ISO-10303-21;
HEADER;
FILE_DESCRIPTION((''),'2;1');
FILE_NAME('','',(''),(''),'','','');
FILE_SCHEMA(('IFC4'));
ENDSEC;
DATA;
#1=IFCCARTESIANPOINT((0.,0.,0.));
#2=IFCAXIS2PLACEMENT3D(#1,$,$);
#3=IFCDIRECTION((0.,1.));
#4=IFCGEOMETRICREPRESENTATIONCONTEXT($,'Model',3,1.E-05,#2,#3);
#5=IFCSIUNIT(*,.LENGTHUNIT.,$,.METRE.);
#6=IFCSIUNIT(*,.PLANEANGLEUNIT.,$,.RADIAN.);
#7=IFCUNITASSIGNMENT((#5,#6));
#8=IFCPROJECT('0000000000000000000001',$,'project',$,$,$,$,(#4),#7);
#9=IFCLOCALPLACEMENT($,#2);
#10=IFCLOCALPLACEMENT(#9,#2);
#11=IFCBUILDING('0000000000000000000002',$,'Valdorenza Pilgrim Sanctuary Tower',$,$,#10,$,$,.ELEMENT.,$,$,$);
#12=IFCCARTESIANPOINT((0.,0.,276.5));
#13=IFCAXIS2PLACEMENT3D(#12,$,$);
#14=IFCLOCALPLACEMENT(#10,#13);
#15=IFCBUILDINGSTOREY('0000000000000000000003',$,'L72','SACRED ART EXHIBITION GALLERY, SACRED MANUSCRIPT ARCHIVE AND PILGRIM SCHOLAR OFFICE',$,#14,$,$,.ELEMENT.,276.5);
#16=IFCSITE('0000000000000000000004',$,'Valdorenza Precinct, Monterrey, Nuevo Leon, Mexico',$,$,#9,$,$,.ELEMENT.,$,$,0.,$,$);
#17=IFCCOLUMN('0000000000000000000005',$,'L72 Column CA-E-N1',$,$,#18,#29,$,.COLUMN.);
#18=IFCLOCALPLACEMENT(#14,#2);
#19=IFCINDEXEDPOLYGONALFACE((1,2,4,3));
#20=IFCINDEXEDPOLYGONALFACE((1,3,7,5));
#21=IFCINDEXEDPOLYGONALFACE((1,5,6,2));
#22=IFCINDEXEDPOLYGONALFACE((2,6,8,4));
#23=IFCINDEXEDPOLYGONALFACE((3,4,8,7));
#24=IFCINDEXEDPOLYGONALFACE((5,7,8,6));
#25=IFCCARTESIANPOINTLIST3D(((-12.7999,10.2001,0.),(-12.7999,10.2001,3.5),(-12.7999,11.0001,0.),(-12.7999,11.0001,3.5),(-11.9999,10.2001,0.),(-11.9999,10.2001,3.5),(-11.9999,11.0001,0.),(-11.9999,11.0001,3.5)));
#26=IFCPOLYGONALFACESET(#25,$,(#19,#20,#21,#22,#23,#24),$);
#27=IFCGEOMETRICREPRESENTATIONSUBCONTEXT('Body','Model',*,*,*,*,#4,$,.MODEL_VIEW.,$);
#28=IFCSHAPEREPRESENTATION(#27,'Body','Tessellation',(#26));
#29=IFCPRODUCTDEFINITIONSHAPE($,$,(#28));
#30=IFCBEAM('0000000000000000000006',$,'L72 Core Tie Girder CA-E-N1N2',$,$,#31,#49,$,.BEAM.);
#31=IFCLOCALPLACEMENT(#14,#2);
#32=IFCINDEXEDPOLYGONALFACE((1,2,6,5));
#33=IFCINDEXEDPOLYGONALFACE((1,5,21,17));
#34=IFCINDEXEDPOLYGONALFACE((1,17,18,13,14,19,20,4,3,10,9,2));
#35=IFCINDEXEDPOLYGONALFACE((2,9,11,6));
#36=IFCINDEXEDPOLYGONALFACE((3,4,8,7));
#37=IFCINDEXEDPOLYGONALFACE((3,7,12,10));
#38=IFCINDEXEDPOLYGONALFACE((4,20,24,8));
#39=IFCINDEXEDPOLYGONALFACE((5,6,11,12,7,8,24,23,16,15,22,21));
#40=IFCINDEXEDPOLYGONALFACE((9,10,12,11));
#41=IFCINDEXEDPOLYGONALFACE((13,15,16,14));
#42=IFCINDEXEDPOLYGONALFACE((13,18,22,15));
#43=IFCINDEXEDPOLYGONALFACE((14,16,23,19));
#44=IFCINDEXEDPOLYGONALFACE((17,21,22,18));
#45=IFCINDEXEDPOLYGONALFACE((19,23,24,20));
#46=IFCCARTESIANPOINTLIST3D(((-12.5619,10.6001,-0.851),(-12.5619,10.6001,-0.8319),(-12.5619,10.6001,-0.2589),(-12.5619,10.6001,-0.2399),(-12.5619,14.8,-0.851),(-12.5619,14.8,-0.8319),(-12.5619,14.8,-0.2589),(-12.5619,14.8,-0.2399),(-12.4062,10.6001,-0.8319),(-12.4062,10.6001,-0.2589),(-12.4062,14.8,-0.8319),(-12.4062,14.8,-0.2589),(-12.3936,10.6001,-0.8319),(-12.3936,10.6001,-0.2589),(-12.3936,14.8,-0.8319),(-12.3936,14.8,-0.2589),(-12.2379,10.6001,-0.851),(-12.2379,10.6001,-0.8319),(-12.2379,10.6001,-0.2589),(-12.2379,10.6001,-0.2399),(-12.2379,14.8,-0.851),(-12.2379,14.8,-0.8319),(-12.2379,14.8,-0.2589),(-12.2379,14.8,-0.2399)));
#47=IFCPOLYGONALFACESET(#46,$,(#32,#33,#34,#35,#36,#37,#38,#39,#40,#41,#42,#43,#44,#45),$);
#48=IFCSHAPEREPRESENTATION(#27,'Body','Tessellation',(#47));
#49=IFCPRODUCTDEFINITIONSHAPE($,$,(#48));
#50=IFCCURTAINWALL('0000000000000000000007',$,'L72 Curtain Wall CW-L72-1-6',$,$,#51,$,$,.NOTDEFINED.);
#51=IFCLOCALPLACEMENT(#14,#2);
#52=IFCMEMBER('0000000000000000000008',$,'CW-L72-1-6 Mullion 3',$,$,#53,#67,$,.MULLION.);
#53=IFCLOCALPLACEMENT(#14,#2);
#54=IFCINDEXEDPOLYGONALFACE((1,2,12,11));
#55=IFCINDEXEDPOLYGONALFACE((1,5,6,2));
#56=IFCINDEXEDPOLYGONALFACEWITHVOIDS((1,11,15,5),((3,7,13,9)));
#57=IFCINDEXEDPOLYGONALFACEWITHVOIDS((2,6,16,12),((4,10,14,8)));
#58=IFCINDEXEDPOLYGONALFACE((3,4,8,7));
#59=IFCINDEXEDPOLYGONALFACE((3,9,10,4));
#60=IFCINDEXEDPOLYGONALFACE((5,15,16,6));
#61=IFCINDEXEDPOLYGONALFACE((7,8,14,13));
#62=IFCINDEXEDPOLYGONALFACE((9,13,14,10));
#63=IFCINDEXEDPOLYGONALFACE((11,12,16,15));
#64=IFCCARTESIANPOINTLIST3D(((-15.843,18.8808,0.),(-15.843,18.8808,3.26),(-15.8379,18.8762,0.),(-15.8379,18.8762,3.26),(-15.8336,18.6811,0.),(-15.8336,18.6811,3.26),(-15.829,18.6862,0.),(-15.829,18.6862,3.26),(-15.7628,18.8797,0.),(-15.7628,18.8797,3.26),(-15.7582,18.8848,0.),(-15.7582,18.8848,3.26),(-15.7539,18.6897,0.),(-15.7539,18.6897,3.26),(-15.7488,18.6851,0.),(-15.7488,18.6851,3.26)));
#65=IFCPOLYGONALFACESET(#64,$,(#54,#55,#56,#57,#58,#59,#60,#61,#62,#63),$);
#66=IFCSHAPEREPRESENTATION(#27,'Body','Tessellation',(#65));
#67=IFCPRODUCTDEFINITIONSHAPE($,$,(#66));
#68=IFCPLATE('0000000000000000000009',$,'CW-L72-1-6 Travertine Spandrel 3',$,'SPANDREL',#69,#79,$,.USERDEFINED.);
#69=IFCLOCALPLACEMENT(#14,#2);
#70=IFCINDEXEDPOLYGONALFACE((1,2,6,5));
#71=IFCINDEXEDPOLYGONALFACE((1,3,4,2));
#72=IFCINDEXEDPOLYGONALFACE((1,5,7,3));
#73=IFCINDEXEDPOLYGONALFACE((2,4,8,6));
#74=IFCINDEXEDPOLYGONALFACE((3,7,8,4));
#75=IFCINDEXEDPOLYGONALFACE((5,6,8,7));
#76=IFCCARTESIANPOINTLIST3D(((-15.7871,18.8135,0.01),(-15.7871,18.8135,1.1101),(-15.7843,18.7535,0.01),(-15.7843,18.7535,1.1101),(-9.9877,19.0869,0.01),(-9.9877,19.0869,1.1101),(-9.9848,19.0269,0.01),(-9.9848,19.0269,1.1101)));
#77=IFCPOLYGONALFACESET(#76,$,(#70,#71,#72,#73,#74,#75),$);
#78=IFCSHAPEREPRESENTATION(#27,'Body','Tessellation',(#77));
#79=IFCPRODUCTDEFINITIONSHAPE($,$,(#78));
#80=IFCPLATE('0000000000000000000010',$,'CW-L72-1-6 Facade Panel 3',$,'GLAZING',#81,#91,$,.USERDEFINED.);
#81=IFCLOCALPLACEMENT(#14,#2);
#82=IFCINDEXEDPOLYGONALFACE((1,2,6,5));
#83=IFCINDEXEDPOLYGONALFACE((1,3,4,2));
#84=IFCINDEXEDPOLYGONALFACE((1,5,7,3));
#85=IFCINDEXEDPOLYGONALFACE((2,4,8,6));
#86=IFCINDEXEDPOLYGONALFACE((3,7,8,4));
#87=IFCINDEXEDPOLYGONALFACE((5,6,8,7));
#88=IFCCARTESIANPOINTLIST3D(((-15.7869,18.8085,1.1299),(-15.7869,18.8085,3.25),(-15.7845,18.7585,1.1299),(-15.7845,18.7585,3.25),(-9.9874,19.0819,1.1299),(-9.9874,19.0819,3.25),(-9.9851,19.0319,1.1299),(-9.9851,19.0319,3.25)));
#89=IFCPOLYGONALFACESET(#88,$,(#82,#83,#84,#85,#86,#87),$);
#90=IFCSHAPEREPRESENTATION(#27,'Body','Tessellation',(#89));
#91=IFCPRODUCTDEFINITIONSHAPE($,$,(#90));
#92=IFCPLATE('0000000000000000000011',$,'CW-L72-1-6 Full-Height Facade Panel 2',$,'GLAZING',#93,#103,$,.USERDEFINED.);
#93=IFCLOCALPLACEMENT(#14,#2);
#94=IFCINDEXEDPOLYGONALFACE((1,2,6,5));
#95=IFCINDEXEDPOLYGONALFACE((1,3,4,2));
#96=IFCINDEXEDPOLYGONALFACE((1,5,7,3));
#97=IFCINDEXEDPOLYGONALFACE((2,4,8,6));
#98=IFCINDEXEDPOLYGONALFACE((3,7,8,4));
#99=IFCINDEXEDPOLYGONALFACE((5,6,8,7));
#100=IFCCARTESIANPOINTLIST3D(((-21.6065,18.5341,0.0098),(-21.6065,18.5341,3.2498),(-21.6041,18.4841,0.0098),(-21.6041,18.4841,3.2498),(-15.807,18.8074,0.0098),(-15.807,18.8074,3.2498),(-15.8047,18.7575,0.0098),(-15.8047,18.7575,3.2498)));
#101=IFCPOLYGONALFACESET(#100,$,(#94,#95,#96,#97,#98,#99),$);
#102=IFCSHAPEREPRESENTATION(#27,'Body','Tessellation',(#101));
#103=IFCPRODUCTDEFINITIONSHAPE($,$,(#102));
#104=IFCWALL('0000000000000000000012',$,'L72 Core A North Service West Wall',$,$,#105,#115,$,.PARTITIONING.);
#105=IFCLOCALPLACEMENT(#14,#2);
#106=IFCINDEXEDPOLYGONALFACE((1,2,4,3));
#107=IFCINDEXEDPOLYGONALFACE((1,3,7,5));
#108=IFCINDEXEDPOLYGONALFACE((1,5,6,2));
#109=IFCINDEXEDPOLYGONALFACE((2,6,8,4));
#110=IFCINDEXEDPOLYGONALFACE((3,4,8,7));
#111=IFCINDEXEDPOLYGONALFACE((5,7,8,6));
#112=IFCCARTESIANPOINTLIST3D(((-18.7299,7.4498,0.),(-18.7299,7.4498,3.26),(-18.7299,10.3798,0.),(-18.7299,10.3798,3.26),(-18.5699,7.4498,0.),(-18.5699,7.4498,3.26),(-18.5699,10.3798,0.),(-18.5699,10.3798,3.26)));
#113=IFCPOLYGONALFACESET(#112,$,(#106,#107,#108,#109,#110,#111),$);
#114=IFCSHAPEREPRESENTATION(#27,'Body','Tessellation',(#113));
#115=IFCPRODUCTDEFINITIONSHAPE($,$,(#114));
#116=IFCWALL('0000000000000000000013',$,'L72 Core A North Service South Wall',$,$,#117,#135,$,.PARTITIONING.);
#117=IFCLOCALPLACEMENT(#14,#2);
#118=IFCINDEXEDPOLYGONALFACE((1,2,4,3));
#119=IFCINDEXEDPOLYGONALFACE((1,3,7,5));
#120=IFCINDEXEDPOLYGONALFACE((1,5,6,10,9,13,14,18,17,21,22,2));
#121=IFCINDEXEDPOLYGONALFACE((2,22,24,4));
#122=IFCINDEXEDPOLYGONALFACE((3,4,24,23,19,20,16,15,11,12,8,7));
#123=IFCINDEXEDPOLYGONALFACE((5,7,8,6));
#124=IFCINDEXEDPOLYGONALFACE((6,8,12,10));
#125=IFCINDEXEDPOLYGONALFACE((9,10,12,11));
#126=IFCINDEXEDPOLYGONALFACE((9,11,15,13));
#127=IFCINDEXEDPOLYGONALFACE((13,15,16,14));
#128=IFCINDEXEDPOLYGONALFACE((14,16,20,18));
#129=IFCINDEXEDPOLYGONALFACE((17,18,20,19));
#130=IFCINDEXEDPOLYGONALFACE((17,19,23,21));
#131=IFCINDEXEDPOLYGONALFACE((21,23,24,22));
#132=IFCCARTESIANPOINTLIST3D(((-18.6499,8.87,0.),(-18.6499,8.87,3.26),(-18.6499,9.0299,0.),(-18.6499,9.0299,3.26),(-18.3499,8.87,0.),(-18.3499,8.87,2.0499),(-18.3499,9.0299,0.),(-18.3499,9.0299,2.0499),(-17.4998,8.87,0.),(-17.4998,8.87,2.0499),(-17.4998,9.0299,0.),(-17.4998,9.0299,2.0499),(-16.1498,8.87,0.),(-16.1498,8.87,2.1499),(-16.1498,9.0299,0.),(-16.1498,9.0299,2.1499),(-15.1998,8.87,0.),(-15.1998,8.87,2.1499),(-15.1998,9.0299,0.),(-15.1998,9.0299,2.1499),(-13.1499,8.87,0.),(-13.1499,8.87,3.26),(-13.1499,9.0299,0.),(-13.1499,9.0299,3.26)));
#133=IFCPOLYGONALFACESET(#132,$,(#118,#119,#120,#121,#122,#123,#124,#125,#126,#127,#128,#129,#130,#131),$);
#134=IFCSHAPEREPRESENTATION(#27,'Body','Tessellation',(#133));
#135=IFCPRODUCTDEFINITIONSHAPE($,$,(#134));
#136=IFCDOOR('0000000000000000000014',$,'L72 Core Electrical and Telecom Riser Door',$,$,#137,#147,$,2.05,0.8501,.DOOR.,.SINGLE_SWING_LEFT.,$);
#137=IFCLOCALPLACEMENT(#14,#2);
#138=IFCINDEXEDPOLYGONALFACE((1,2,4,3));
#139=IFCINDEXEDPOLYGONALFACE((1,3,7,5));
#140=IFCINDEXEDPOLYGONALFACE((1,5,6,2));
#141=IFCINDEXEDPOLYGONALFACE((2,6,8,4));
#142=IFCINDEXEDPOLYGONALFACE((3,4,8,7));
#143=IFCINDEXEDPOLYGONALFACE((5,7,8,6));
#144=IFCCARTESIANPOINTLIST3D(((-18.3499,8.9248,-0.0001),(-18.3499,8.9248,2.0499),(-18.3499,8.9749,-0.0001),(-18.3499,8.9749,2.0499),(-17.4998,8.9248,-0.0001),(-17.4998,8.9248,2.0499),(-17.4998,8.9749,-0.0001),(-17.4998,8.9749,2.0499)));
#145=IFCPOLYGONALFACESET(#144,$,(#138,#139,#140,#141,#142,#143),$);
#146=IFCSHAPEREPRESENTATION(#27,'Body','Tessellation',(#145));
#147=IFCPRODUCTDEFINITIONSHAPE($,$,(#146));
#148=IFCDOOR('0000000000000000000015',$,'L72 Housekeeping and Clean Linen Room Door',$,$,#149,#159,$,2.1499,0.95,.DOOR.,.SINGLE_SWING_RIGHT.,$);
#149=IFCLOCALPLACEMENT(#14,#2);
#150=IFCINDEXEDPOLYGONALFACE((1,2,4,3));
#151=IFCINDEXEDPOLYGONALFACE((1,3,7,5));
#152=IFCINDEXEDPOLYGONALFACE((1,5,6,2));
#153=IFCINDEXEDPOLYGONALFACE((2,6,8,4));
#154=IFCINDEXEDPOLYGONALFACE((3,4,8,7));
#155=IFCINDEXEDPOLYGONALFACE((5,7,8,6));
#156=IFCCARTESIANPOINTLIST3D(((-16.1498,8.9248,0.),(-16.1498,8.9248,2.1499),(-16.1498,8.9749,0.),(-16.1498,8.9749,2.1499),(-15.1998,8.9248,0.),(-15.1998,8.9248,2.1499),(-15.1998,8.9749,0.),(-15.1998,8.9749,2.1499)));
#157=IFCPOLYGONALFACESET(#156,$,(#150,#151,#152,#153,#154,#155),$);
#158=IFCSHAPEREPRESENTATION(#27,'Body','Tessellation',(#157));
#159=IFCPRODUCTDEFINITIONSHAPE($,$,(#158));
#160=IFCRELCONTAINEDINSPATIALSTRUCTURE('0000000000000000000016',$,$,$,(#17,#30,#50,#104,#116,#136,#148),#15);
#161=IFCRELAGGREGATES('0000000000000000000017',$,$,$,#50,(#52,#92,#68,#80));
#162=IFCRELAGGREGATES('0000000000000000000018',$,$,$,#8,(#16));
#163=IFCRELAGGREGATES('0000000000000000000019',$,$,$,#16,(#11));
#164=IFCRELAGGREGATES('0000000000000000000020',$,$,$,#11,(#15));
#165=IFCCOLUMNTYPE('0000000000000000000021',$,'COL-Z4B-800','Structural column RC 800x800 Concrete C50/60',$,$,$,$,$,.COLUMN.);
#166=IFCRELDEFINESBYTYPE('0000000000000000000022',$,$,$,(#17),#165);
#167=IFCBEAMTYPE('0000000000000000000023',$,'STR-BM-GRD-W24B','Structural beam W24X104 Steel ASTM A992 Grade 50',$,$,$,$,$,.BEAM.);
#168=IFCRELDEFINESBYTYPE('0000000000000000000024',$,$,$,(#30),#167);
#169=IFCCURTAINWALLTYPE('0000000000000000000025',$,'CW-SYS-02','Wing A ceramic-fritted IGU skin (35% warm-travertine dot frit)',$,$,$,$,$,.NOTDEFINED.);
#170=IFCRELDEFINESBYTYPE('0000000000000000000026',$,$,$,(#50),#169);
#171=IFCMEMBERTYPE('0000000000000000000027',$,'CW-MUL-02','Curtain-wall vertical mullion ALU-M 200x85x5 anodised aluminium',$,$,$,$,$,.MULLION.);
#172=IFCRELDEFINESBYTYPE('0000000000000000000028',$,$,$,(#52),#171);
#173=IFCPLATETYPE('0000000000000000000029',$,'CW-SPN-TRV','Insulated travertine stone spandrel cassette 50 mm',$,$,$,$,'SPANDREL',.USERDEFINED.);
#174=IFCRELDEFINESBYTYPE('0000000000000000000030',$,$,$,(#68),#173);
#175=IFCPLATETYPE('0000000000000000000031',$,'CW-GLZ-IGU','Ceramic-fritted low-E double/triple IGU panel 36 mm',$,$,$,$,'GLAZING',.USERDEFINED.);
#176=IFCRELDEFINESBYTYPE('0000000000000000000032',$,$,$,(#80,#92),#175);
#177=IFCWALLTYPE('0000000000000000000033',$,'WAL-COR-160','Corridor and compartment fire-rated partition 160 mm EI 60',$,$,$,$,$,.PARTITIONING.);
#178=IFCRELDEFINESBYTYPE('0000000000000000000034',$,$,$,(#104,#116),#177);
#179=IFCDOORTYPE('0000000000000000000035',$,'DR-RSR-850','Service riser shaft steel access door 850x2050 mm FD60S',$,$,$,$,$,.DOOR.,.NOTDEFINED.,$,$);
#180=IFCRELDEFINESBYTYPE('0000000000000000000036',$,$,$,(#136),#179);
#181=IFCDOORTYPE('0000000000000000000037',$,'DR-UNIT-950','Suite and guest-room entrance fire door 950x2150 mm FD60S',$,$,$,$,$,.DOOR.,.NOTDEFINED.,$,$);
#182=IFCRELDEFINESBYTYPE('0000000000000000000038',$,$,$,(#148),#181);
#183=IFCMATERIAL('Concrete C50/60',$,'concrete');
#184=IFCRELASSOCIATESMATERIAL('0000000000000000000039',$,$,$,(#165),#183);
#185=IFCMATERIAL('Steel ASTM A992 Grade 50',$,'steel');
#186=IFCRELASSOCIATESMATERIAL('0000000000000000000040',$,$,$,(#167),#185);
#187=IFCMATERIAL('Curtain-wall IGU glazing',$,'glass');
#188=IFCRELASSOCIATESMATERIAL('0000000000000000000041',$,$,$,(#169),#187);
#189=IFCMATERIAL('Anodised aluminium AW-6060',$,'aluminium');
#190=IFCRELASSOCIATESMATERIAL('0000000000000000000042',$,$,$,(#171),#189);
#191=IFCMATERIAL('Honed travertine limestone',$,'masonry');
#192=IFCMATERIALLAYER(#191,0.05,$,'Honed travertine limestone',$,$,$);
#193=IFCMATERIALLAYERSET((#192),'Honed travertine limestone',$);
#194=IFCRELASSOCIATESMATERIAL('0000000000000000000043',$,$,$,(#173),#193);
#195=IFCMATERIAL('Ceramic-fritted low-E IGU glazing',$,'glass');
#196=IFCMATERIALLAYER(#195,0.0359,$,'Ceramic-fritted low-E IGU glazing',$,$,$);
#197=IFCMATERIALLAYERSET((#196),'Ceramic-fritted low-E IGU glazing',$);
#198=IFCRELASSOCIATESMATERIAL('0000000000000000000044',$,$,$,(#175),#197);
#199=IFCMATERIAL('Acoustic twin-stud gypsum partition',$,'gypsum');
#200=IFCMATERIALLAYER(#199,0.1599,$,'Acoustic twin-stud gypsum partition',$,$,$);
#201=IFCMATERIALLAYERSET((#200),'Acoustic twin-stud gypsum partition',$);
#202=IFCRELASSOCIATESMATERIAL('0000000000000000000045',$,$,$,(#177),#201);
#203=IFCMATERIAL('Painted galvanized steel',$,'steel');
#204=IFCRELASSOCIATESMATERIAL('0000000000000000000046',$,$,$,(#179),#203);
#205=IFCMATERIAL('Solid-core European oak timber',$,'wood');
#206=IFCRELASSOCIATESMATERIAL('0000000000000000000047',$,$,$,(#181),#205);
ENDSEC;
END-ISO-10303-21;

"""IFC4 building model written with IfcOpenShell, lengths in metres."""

from ifc_helpers import new_model, si_unit, direction, frame, frame_2d, origin, origin_2d, place, context, subcontext, project, spatial, rectangle, hollow_rectangle, i_section, extrude, source, transform, mapped, material, layer, layer_set, material_profile, profile_set, type_object, element, fill, aggregate, save


model = new_model("IFC4")

# Units and contexts
model_context = context("Model", 3, precision=1e-05, world=origin(), true_north=direction((0.0, 1.0)))
body_context = subcontext(model_context, "Body", "Model", "MODEL_VIEW")
ifc_project = project(units=[si_unit("LENGTHUNIT", "METRE"), si_unit("PLANEANGLEUNIT", "RADIAN")], contexts=[model_context])

# Site, building, storey
site_placement = place(None, origin())
site = spatial("IfcSite", under=ifc_project, at=site_placement, Name="Valdorenza Precinct, Monterrey, Nuevo Leon, Mexico", CompositionType="ELEMENT", RefElevation=0.0)
building_placement = place(site_placement, origin())
building = spatial("IfcBuilding", under=site, at=building_placement, Name="Valdorenza Pilgrim Sanctuary Tower", CompositionType="ELEMENT")
storey_placement = place(building_placement, frame((0.0, 0.0, 276.5)))
storey = spatial("IfcBuildingStorey", under=building, at=storey_placement, Name="L72", Description="SACRED ART EXHIBITION GALLERY, SACRED MANUSCRIPT ARCHIVE AND PILGRIM SCHOLAR OFFICE", CompositionType="ELEMENT", Elevation=276.5)

# Column
ifc_material_1 = material(Name="Concrete C50/60", Category="concrete")
ifc_material_profile_1 = material_profile(ifc_material_1, rectangle(XDim=0.8, YDim=0.8, at=origin_2d()), Name="RC 800x800")
ifc_profile_set_1 = profile_set([ifc_material_profile_1], Name="Concrete C50/60")
column_type = type_object("IfcColumnType", Name="COL-Z4B-800", Description="Structural column RC 800x800 Concrete C50/60", PredefinedType="COLUMN", material=ifc_profile_set_1)
shared_shape_1 = source(origin(), body_context, "Body", "SweptSolid", [
    extrude(rectangle(XDim=0.8, YDim=0.8, at=origin_2d()), origin(), (0.0, 0.0, 1.0), 3.5),
])
column_placement = place(storey_placement, frame((-12.3999, 10.6001, 0.0), z_axis=(0.0, 0.0, 1.0), x_axis=(1.0, 0.0, 0.0)))
element("IfcColumn", 1, at=column_placement, inside=storey, type_object=column_type, Name="L72 Column CA-E-N1", PredefinedType="COLUMN", context=body_context, shape_type="MappedRepresentation", body=[
    mapped(shared_shape_1, transform((0.0, 0.0, 0.0), x_axis=(1.0, 0.0, 0.0), y_axis=(0.0, 1.0, 0.0), z_axis=(0.0, 0.0, 1.0), scale=1.0)),
])

# Beam
ifc_material_2 = material(Name="Steel ASTM A992 Grade 50", Category="steel")
ifc_material_profile_2 = material_profile(ifc_material_2, i_section(OverallWidth=0.324, OverallDepth=0.6111, WebThickness=0.0127, FlangeThickness=0.019, at=origin_2d()), Name="W24X104")
ifc_profile_set_2 = profile_set([ifc_material_profile_2], Name="Steel ASTM A992 Grade 50")
beam_type = type_object("IfcBeamType", Name="STR-BM-GRD-W24B", Description="Structural beam W24X104 Steel ASTM A992 Grade 50", PredefinedType="BEAM", material=ifc_profile_set_2)
shared_shape_2 = source(origin(), body_context, "Body", "SweptSolid", [
    extrude(i_section(OverallWidth=0.324, OverallDepth=0.6111, WebThickness=0.0127, FlangeThickness=0.019, at=origin_2d()), origin(), (0.0, 0.0, 1.0), 4.2),
])
beam_placement = place(storey_placement, frame((-12.3999, 10.6001, -0.5454), z_axis=(0.0, 1.0, 0.0), x_axis=(-1.0, 0.0, 0.0)))
element("IfcBeam", 2, at=beam_placement, inside=storey, type_object=beam_type, Name="L72 Core Tie Girder CA-E-N1N2", PredefinedType="BEAM", context=body_context, shape_type="MappedRepresentation", body=[
    mapped(shared_shape_2, transform((0.0, 0.0, 0.0), x_axis=(1.0, 0.0, 0.0), y_axis=(0.0, 1.0, 0.0), z_axis=(0.0, 0.0, 1.0), scale=1.0)),
])

# Curtain wall, member, plates
ifc_material_3 = material(Name="Curtain-wall IGU glazing", Category="glass")
curtain_wall_type = type_object("IfcCurtainWallType", Name="CW-SYS-02", Description="Wing A ceramic-fritted IGU skin (35% warm-travertine dot frit)", PredefinedType="NOTDEFINED", material=ifc_material_3)
curtain_wall_placement = place(storey_placement, origin())
curtain_wall = element("IfcCurtainWall", 3, at=curtain_wall_placement, inside=storey, type_object=curtain_wall_type, Name="L72 Curtain Wall CW-L72-1-6", PredefinedType="NOTDEFINED")
ifc_material_4 = material(Name="Anodised aluminium AW-6060", Category="aluminium")
ifc_material_profile_3 = material_profile(ifc_material_4, hollow_rectangle(XDim=0.085, YDim=0.2, WallThickness=0.0049, at=origin_2d()), Name="ALU-M 200x85x5")
ifc_profile_set_3 = profile_set([ifc_material_profile_3], Name="Anodised aluminium AW-6060")
member_type = type_object("IfcMemberType", Name="CW-MUL-02", Description="Curtain-wall vertical mullion ALU-M 200x85x5 anodised aluminium", PredefinedType="MULLION", material=ifc_profile_set_3)
shared_shape_3 = source(origin(), body_context, "Body", "SweptSolid", [
    extrude(hollow_rectangle(XDim=0.085, YDim=0.2, WallThickness=0.0049, at=origin_2d()), origin(), (0.0, 0.0, 1.0), 3.26),
])
member_placement = place(storey_placement, frame((-15.7959, 18.783, 0.0), z_axis=(0.0, 0.0, 1.0), x_axis=(0.998891, 0.047089, 0.0)))
member = element("IfcMember", 4, at=member_placement, type_object=member_type, Name="CW-L72-1-6 Mullion 3", PredefinedType="MULLION", context=body_context, shape_type="MappedRepresentation", body=[
    mapped(shared_shape_3, transform((0.0, 0.0, 0.0), x_axis=(1.0, 0.0, 0.0), y_axis=(0.0, 1.0, 0.0), z_axis=(0.0, 0.0, 1.0), scale=1.0)),
])
ifc_material_5 = material(Name="Honed travertine limestone", Category="masonry")
ifc_layer_1 = layer(ifc_material_5, 0.05, Name="Honed travertine limestone")
ifc_layer_set_1 = layer_set([ifc_layer_1], Name="Honed travertine limestone")
plate_type_1 = type_object("IfcPlateType", Name="CW-SPN-TRV", Description="Insulated travertine stone spandrel cassette 50 mm", ElementType="SPANDREL", PredefinedType="USERDEFINED", material=ifc_layer_set_1)
shared_shape_4 = source(origin(), body_context, "Body", "SweptSolid", [
    extrude(rectangle(XDim=5.8059, YDim=0.0601, at=origin_2d()), origin(), (0.0, 0.0, 1.0), 1.1001),
])
plate_1_placement = place(storey_placement, frame((-12.886, 18.9202, 0.01), z_axis=(0.0, 0.0, 1.0), x_axis=(0.998891, 0.047089, 0.0)))
plate_1 = element("IfcPlate", 5, at=plate_1_placement, type_object=plate_type_1, Name="CW-L72-1-6 Travertine Spandrel 3", ObjectType="SPANDREL", PredefinedType="USERDEFINED", context=body_context, shape_type="MappedRepresentation", body=[
    mapped(shared_shape_4, transform((0.0, 0.0, 0.0), x_axis=(1.0, 0.0, 0.0), y_axis=(0.0, 1.0, 0.0), z_axis=(0.0, 0.0, 1.0), scale=1.0)),
])
ifc_material_6 = material(Name="Ceramic-fritted low-E IGU glazing", Category="glass")
ifc_layer_2 = layer(ifc_material_6, 0.0359, Name="Ceramic-fritted low-E IGU glazing")
ifc_layer_set_2 = layer_set([ifc_layer_2], Name="Ceramic-fritted low-E IGU glazing")
plate_type_2 = type_object("IfcPlateType", Name="CW-GLZ-IGU", Description="Ceramic-fritted low-E double/triple IGU panel 36 mm", ElementType="GLAZING", PredefinedType="USERDEFINED", material=ifc_layer_set_2)
shared_shape_5 = source(origin(), body_context, "Body", "SweptSolid", [
    extrude(rectangle(XDim=5.8059, YDim=0.05, at=origin_2d()), origin(), (0.0, 0.0, 1.0), 2.1201),
])
plate_2_placement = place(storey_placement, frame((-12.886, 18.9202, 1.1299), z_axis=(0.0, 0.0, 1.0), x_axis=(0.998891, 0.047089, 0.0)))
plate_2 = element("IfcPlate", 6, at=plate_2_placement, type_object=plate_type_2, Name="CW-L72-1-6 Facade Panel 3", ObjectType="GLAZING", PredefinedType="USERDEFINED", context=body_context, shape_type="MappedRepresentation", body=[
    mapped(shared_shape_5, transform((0.0, 0.0, 0.0), x_axis=(1.0, 0.0, 0.0), y_axis=(0.0, 1.0, 0.0), z_axis=(0.0, 0.0, 1.0), scale=1.0)),
])
shared_shape_6 = source(origin(), body_context, "Body", "SweptSolid", [
    extrude(rectangle(XDim=5.8059, YDim=0.05, at=origin_2d()), origin(), (0.0, 0.0, 1.0), 3.24),
])
plate_3_placement = place(storey_placement, frame((-18.7056, 18.6458, 0.0098), z_axis=(0.0, 0.0, 1.0), x_axis=(0.998891, 0.047089, 0.0)))
plate_3 = element("IfcPlate", 7, at=plate_3_placement, type_object=plate_type_2, Name="CW-L72-1-6 Full-Height Facade Panel 2", ObjectType="GLAZING", PredefinedType="USERDEFINED", context=body_context, shape_type="MappedRepresentation", body=[
    mapped(shared_shape_6, transform((0.0, 0.0, 0.0), x_axis=(1.0, 0.0, 0.0), y_axis=(0.0, 1.0, 0.0), z_axis=(0.0, 0.0, 1.0), scale=1.0)),
])
aggregate(curtain_wall, [member, plate_3, plate_1, plate_2])

# Wall
ifc_material_7 = material(Name="Acoustic twin-stud gypsum partition", Category="gypsum")
ifc_layer_3 = layer(ifc_material_7, 0.1599, Name="Acoustic twin-stud gypsum partition")
ifc_layer_set_3 = layer_set([ifc_layer_3], Name="Acoustic twin-stud gypsum partition")
wall_type_1 = type_object("IfcWallType", Name="WAL-COR-160", Description="Corridor and compartment fire-rated partition 160 mm EI 60", PredefinedType="PARTITIONING", material=ifc_layer_set_3)
wall_1_placement = place(storey_placement, frame((-18.6499, 7.45, 0.0), z_axis=(0.0, 0.0, 1.0), x_axis=(0.0, 1.0, 0.0)))
element("IfcWall", 8, at=wall_1_placement, inside=storey, type_object=wall_type_1, Name="L72 Core A North Service West Wall", PredefinedType="PARTITIONING", context=body_context, shape_type="SweptSolid", body=[
    extrude(rectangle(XDim=2.9299, YDim=0.1599, at=frame_2d((1.4648, 0.0))), origin(), (0.0, 0.0, 1.0), 3.26),
])

# Wall, openings, doors
wall_2_placement = place(storey_placement, frame((-18.6499, 8.95, 0.0), z_axis=(0.0, 0.0, 1.0), x_axis=(1.0, 0.0, 0.0)))
wall_2 = element("IfcWall", 9, at=wall_2_placement, inside=storey, type_object=wall_type_1, Name="L72 Core A North Service South Wall", PredefinedType="PARTITIONING", context=body_context, shape_type="SweptSolid", body=[
    extrude(rectangle(XDim=5.5, YDim=0.1599, at=frame_2d((2.75, 0.0))), origin(), (0.0, 0.0, 1.0), 3.26),
])
opening_1_placement = place(wall_2_placement, frame((0.3, 0.0, 0.0)))
opening_1 = element("IfcOpeningElement", 10, at=opening_1_placement, cuts=wall_2, PredefinedType="OPENING", context=body_context, shape_type="SweptSolid", body=[
    extrude(rectangle(XDim=0.8501, YDim=2.05, at=frame_2d((0.425, 1.0249))), frame((0.0, 0.0947, 0.0), z_axis=(0.0, -1.0, 0.0), x_axis=(1.0, 0.0, 0.0)), (0.0, 0.0, 1.0), 0.1897),
])
opening_2_placement = place(wall_2_placement, frame((2.5, 0.0, 0.0)))
opening_2 = element("IfcOpeningElement", 11, at=opening_2_placement, cuts=wall_2, PredefinedType="OPENING", context=body_context, shape_type="SweptSolid", body=[
    extrude(rectangle(XDim=0.95, YDim=2.1499, at=frame_2d((0.4751, 1.075))), frame((0.0, 0.0947, 0.0), z_axis=(0.0, -1.0, 0.0), x_axis=(1.0, 0.0, 0.0)), (0.0, 0.0, 1.0), 0.1897),
])
ifc_material_8 = material(Name="Painted galvanized steel", Category="steel")
door_type_1 = type_object("IfcDoorType", Name="DR-RSR-850", Description="Service riser shaft steel access door 850x2050 mm FD60S", OperationType="NOTDEFINED", PredefinedType="DOOR", material=ifc_material_8)
door_1_placement = place(opening_1_placement, origin())
door_1 = element("IfcDoor", 12, at=door_1_placement, inside=storey, type_object=door_type_1, Name="L72 Core Electrical and Telecom Riser Door", OperationType="SINGLE_SWING_LEFT", OverallHeight=2.05, OverallWidth=0.8501, PredefinedType="DOOR", context=body_context, shape_type="SweptSolid", body=[
    extrude(rectangle(XDim=0.8501, YDim=2.05, at=frame_2d((0.425, 1.0249))), frame((0.0, 0.0249, 0.0), z_axis=(0.0, -1.0, 0.0), x_axis=(1.0, 0.0, 0.0)), (0.0, 0.0, 1.0), 0.05),
])
fill(opening_1, door_1)
ifc_material_9 = material(Name="Solid-core European oak timber", Category="wood")
door_type_2 = type_object("IfcDoorType", Name="DR-UNIT-950", Description="Suite and guest-room entrance fire door 950x2150 mm FD60S", OperationType="NOTDEFINED", PredefinedType="DOOR", material=ifc_material_9)
door_2_placement = place(opening_2_placement, origin())
door_2 = element("IfcDoor", 13, at=door_2_placement, inside=storey, type_object=door_type_2, Name="L72 Housekeeping and Clean Linen Room Door", OperationType="SINGLE_SWING_RIGHT", OverallHeight=2.1499, OverallWidth=0.95, PredefinedType="DOOR", context=body_context, shape_type="SweptSolid", body=[
    extrude(rectangle(XDim=0.95, YDim=2.1499, at=frame_2d((0.4751, 1.075))), frame((0.0, 0.0249, 0.0), z_axis=(0.0, -1.0, 0.0), x_axis=(1.0, 0.0, 0.0)), (0.0, 0.0, 1.0), 0.05),
])
fill(opening_2, door_2)

save(model, "model.ifc")
